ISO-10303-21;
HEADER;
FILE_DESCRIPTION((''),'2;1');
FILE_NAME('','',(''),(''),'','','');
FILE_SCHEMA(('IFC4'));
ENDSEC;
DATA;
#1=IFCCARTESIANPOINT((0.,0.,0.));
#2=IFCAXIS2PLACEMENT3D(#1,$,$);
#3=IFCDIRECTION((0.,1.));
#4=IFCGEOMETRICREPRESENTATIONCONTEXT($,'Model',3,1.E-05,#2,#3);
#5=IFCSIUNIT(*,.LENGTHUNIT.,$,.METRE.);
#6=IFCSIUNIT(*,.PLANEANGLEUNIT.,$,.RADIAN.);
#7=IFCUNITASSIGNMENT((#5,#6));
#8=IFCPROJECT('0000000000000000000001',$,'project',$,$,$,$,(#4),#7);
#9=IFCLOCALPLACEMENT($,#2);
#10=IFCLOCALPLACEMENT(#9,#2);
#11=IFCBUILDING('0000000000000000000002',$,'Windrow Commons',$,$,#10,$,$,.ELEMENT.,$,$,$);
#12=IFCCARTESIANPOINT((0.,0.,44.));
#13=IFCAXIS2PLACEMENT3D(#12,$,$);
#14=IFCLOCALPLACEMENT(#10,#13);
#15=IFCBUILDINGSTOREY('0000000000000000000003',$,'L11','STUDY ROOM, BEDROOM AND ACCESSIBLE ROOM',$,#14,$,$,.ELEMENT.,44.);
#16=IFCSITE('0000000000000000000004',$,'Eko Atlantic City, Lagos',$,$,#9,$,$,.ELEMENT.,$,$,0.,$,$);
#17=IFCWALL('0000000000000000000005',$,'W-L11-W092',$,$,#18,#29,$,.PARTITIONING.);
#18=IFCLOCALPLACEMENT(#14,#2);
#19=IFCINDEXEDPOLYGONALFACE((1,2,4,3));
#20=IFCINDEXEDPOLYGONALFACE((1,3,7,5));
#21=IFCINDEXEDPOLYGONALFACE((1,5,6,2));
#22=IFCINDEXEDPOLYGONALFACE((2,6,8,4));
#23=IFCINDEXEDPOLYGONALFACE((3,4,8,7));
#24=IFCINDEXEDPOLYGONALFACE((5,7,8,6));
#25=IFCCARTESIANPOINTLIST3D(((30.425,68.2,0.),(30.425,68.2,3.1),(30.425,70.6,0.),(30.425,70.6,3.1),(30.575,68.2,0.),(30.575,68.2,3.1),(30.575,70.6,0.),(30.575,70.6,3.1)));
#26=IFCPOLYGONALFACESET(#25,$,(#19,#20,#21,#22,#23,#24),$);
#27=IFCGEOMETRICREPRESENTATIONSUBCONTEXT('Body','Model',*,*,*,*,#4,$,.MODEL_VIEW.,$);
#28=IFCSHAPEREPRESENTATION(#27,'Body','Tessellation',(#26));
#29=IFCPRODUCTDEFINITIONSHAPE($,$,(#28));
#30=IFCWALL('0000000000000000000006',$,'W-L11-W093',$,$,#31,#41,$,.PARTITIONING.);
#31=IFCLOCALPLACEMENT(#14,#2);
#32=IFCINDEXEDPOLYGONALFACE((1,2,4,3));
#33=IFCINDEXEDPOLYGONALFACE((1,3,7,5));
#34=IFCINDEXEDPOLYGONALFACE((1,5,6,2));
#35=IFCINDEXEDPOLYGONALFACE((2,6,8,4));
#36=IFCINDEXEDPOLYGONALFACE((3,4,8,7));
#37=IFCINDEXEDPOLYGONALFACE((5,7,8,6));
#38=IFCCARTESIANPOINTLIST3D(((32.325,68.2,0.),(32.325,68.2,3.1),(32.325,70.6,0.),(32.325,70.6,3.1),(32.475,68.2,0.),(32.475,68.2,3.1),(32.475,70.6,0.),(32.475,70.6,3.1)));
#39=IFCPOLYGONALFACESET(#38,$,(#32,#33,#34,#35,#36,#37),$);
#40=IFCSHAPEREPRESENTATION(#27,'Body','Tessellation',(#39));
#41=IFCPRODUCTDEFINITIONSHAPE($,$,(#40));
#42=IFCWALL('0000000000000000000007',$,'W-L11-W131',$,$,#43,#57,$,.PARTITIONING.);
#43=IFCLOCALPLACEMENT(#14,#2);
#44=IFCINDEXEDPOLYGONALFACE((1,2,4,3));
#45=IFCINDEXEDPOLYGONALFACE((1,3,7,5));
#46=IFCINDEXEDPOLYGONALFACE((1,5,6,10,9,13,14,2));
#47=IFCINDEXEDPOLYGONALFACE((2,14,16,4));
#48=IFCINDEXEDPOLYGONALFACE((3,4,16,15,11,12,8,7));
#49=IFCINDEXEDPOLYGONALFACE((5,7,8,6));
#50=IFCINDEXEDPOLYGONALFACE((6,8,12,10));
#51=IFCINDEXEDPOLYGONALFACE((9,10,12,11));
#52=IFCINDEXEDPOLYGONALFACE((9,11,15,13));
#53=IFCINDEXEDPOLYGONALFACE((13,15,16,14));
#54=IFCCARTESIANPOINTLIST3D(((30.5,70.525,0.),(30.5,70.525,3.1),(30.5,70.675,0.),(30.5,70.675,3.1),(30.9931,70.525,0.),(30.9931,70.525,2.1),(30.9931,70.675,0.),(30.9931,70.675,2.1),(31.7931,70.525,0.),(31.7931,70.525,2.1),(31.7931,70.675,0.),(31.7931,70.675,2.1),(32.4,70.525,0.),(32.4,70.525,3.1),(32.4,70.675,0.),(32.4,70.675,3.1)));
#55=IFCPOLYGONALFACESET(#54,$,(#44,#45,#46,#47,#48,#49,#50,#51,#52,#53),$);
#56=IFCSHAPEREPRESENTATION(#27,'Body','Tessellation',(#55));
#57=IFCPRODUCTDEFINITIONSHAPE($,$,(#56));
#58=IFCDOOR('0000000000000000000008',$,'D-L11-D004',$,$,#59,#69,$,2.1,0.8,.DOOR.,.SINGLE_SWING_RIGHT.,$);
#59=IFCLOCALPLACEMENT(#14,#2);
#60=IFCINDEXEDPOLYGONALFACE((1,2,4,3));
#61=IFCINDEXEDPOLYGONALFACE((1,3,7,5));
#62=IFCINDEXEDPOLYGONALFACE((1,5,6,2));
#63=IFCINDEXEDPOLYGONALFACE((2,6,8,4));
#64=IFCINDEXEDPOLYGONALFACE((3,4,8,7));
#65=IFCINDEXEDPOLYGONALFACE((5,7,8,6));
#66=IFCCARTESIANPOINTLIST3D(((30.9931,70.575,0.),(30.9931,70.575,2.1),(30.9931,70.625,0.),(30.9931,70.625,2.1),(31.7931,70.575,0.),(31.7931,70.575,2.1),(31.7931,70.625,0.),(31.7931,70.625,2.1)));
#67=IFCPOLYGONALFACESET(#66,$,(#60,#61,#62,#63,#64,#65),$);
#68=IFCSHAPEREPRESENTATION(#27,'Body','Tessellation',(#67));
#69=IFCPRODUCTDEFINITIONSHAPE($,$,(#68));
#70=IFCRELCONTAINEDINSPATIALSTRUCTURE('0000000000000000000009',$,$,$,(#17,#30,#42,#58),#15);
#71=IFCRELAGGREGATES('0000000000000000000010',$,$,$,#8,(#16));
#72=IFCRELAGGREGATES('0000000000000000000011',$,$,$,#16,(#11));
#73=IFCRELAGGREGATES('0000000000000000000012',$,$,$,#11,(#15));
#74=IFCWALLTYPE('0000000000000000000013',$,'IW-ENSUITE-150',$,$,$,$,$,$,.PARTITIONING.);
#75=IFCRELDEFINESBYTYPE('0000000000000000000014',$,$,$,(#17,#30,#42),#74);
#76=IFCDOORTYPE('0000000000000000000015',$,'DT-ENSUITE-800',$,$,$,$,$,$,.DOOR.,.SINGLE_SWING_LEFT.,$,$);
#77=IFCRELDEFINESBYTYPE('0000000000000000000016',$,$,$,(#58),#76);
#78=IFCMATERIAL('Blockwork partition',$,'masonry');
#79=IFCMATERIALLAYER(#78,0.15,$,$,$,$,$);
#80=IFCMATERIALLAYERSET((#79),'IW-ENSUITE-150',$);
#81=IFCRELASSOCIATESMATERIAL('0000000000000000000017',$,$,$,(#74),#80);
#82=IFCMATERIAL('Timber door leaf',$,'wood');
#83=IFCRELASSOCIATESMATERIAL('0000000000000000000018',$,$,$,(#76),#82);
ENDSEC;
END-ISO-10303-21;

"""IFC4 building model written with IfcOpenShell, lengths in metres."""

from ifc_helpers import new_model, si_unit, direction, frame, frame_2d, origin, place, context, subcontext, project, spatial, rectangle, extrude, material, layer, layer_set, type_object, element, fill, save


model = new_model("IFC4")

# Units and contexts
model_context = context("Model", 3, precision=1e-05, world=origin(), true_north=direction((0.0, 1.0)))
body_context = subcontext(model_context, "Body", "Model", "MODEL_VIEW")
ifc_project = project(units=[si_unit("LENGTHUNIT", "METRE"), si_unit("PLANEANGLEUNIT", "RADIAN")], contexts=[model_context])

# Site, building, storey
site_placement = place(None, origin())
site = spatial("IfcSite", under=ifc_project, at=site_placement, Name="Eko Atlantic City, Lagos", CompositionType="ELEMENT", RefElevation=0.0)
building_placement = place(site_placement, origin())
building = spatial("IfcBuilding", under=site, at=building_placement, Name="Windrow Commons", CompositionType="ELEMENT")
storey_placement = place(building_placement, frame((0.0, 0.0, 44.0)))
storey = spatial("IfcBuildingStorey", under=building, at=storey_placement, Name="L11", Description="STUDY ROOM, BEDROOM AND ACCESSIBLE ROOM", CompositionType="ELEMENT", Elevation=44.0)

# Walls
ifc_material_1 = material(Name="Blockwork partition", Category="masonry")
ifc_layer_1 = layer(ifc_material_1, 0.15)
ifc_layer_set_1 = layer_set([ifc_layer_1], Name="IW-ENSUITE-150")
wall_type_1 = type_object("IfcWallType", Name="IW-ENSUITE-150", PredefinedType="PARTITIONING", material=ifc_layer_set_1)
for number, where, z_axis, x_axis, name in (
    (1, (30.5, 68.2, 0.0), (0.0, 0.0, 1.0), (0.0, 1.0, 0.0), "W-L11-W092"),
    (2, (32.4, 68.2, 0.0), (0.0, 0.0, 1.0), (0.0, 1.0, 0.0), "W-L11-W093"),
):
    element("IfcWall", number, at=place(storey_placement, frame(where, z_axis=z_axis, x_axis=x_axis)), inside=storey, type_object=wall_type_1, Name=name, PredefinedType="PARTITIONING", context=body_context, shape_type="SweptSolid", body=[
        extrude(rectangle(XDim=2.4, YDim=0.15, at=frame_2d((1.2, 0.0))), origin(), (0.0, 0.0, 1.0), 3.1),
    ])

# Wall, opening, door
wall_1_placement = place(storey_placement, frame((30.5, 70.6, 0.0), z_axis=(0.0, 0.0, 1.0), x_axis=(1.0, 0.0, 0.0)))
wall_1 = element("IfcWall", 3, at=wall_1_placement, inside=storey, type_object=wall_type_1, Name="W-L11-W131", PredefinedType="PARTITIONING", context=body_context, shape_type="SweptSolid", body=[
    extrude(rectangle(XDim=1.9, YDim=0.15, at=frame_2d((0.95, 0.0))), origin(), (0.0, 0.0, 1.0), 3.1),
])
opening_1_placement = place(wall_1_placement, frame((0.4931, 0.0, 0.0)))
opening_1 = element("IfcOpeningElement", 4, at=opening_1_placement, cuts=wall_1, PredefinedType="OPENING", context=body_context, shape_type="SweptSolid", body=[
    extrude(rectangle(XDim=0.8, YDim=2.1, at=frame_2d((0.4, 1.05))), frame((0.0, 0.085, 0.0), z_axis=(0.0, -1.0, 0.0), x_axis=(1.0, 0.0, 0.0)), (0.0, 0.0, 1.0), 0.17),
])
ifc_material_2 = material(Name="Timber door leaf", Category="wood")
door_type_1 = type_object("IfcDoorType", Name="DT-ENSUITE-800", OperationType="SINGLE_SWING_LEFT", PredefinedType="DOOR", material=ifc_material_2)
door_1_placement = place(opening_1_placement, origin())
door_1 = element("IfcDoor", 5, at=door_1_placement, inside=storey, type_object=door_type_1, Name="D-L11-D004", OperationType="SINGLE_SWING_RIGHT", OverallHeight=2.1, OverallWidth=0.8, PredefinedType="DOOR", context=body_context, shape_type="SweptSolid", body=[
    extrude(rectangle(XDim=0.8, YDim=2.1, at=frame_2d((0.4, 1.05))), frame((0.0, 0.025, 0.0), z_axis=(0.0, -1.0, 0.0), x_axis=(1.0, 0.0, 0.0)), (0.0, 0.0, 1.0), 0.05),
])
fill(opening_1, door_1)

save(model, "model.ifc")
